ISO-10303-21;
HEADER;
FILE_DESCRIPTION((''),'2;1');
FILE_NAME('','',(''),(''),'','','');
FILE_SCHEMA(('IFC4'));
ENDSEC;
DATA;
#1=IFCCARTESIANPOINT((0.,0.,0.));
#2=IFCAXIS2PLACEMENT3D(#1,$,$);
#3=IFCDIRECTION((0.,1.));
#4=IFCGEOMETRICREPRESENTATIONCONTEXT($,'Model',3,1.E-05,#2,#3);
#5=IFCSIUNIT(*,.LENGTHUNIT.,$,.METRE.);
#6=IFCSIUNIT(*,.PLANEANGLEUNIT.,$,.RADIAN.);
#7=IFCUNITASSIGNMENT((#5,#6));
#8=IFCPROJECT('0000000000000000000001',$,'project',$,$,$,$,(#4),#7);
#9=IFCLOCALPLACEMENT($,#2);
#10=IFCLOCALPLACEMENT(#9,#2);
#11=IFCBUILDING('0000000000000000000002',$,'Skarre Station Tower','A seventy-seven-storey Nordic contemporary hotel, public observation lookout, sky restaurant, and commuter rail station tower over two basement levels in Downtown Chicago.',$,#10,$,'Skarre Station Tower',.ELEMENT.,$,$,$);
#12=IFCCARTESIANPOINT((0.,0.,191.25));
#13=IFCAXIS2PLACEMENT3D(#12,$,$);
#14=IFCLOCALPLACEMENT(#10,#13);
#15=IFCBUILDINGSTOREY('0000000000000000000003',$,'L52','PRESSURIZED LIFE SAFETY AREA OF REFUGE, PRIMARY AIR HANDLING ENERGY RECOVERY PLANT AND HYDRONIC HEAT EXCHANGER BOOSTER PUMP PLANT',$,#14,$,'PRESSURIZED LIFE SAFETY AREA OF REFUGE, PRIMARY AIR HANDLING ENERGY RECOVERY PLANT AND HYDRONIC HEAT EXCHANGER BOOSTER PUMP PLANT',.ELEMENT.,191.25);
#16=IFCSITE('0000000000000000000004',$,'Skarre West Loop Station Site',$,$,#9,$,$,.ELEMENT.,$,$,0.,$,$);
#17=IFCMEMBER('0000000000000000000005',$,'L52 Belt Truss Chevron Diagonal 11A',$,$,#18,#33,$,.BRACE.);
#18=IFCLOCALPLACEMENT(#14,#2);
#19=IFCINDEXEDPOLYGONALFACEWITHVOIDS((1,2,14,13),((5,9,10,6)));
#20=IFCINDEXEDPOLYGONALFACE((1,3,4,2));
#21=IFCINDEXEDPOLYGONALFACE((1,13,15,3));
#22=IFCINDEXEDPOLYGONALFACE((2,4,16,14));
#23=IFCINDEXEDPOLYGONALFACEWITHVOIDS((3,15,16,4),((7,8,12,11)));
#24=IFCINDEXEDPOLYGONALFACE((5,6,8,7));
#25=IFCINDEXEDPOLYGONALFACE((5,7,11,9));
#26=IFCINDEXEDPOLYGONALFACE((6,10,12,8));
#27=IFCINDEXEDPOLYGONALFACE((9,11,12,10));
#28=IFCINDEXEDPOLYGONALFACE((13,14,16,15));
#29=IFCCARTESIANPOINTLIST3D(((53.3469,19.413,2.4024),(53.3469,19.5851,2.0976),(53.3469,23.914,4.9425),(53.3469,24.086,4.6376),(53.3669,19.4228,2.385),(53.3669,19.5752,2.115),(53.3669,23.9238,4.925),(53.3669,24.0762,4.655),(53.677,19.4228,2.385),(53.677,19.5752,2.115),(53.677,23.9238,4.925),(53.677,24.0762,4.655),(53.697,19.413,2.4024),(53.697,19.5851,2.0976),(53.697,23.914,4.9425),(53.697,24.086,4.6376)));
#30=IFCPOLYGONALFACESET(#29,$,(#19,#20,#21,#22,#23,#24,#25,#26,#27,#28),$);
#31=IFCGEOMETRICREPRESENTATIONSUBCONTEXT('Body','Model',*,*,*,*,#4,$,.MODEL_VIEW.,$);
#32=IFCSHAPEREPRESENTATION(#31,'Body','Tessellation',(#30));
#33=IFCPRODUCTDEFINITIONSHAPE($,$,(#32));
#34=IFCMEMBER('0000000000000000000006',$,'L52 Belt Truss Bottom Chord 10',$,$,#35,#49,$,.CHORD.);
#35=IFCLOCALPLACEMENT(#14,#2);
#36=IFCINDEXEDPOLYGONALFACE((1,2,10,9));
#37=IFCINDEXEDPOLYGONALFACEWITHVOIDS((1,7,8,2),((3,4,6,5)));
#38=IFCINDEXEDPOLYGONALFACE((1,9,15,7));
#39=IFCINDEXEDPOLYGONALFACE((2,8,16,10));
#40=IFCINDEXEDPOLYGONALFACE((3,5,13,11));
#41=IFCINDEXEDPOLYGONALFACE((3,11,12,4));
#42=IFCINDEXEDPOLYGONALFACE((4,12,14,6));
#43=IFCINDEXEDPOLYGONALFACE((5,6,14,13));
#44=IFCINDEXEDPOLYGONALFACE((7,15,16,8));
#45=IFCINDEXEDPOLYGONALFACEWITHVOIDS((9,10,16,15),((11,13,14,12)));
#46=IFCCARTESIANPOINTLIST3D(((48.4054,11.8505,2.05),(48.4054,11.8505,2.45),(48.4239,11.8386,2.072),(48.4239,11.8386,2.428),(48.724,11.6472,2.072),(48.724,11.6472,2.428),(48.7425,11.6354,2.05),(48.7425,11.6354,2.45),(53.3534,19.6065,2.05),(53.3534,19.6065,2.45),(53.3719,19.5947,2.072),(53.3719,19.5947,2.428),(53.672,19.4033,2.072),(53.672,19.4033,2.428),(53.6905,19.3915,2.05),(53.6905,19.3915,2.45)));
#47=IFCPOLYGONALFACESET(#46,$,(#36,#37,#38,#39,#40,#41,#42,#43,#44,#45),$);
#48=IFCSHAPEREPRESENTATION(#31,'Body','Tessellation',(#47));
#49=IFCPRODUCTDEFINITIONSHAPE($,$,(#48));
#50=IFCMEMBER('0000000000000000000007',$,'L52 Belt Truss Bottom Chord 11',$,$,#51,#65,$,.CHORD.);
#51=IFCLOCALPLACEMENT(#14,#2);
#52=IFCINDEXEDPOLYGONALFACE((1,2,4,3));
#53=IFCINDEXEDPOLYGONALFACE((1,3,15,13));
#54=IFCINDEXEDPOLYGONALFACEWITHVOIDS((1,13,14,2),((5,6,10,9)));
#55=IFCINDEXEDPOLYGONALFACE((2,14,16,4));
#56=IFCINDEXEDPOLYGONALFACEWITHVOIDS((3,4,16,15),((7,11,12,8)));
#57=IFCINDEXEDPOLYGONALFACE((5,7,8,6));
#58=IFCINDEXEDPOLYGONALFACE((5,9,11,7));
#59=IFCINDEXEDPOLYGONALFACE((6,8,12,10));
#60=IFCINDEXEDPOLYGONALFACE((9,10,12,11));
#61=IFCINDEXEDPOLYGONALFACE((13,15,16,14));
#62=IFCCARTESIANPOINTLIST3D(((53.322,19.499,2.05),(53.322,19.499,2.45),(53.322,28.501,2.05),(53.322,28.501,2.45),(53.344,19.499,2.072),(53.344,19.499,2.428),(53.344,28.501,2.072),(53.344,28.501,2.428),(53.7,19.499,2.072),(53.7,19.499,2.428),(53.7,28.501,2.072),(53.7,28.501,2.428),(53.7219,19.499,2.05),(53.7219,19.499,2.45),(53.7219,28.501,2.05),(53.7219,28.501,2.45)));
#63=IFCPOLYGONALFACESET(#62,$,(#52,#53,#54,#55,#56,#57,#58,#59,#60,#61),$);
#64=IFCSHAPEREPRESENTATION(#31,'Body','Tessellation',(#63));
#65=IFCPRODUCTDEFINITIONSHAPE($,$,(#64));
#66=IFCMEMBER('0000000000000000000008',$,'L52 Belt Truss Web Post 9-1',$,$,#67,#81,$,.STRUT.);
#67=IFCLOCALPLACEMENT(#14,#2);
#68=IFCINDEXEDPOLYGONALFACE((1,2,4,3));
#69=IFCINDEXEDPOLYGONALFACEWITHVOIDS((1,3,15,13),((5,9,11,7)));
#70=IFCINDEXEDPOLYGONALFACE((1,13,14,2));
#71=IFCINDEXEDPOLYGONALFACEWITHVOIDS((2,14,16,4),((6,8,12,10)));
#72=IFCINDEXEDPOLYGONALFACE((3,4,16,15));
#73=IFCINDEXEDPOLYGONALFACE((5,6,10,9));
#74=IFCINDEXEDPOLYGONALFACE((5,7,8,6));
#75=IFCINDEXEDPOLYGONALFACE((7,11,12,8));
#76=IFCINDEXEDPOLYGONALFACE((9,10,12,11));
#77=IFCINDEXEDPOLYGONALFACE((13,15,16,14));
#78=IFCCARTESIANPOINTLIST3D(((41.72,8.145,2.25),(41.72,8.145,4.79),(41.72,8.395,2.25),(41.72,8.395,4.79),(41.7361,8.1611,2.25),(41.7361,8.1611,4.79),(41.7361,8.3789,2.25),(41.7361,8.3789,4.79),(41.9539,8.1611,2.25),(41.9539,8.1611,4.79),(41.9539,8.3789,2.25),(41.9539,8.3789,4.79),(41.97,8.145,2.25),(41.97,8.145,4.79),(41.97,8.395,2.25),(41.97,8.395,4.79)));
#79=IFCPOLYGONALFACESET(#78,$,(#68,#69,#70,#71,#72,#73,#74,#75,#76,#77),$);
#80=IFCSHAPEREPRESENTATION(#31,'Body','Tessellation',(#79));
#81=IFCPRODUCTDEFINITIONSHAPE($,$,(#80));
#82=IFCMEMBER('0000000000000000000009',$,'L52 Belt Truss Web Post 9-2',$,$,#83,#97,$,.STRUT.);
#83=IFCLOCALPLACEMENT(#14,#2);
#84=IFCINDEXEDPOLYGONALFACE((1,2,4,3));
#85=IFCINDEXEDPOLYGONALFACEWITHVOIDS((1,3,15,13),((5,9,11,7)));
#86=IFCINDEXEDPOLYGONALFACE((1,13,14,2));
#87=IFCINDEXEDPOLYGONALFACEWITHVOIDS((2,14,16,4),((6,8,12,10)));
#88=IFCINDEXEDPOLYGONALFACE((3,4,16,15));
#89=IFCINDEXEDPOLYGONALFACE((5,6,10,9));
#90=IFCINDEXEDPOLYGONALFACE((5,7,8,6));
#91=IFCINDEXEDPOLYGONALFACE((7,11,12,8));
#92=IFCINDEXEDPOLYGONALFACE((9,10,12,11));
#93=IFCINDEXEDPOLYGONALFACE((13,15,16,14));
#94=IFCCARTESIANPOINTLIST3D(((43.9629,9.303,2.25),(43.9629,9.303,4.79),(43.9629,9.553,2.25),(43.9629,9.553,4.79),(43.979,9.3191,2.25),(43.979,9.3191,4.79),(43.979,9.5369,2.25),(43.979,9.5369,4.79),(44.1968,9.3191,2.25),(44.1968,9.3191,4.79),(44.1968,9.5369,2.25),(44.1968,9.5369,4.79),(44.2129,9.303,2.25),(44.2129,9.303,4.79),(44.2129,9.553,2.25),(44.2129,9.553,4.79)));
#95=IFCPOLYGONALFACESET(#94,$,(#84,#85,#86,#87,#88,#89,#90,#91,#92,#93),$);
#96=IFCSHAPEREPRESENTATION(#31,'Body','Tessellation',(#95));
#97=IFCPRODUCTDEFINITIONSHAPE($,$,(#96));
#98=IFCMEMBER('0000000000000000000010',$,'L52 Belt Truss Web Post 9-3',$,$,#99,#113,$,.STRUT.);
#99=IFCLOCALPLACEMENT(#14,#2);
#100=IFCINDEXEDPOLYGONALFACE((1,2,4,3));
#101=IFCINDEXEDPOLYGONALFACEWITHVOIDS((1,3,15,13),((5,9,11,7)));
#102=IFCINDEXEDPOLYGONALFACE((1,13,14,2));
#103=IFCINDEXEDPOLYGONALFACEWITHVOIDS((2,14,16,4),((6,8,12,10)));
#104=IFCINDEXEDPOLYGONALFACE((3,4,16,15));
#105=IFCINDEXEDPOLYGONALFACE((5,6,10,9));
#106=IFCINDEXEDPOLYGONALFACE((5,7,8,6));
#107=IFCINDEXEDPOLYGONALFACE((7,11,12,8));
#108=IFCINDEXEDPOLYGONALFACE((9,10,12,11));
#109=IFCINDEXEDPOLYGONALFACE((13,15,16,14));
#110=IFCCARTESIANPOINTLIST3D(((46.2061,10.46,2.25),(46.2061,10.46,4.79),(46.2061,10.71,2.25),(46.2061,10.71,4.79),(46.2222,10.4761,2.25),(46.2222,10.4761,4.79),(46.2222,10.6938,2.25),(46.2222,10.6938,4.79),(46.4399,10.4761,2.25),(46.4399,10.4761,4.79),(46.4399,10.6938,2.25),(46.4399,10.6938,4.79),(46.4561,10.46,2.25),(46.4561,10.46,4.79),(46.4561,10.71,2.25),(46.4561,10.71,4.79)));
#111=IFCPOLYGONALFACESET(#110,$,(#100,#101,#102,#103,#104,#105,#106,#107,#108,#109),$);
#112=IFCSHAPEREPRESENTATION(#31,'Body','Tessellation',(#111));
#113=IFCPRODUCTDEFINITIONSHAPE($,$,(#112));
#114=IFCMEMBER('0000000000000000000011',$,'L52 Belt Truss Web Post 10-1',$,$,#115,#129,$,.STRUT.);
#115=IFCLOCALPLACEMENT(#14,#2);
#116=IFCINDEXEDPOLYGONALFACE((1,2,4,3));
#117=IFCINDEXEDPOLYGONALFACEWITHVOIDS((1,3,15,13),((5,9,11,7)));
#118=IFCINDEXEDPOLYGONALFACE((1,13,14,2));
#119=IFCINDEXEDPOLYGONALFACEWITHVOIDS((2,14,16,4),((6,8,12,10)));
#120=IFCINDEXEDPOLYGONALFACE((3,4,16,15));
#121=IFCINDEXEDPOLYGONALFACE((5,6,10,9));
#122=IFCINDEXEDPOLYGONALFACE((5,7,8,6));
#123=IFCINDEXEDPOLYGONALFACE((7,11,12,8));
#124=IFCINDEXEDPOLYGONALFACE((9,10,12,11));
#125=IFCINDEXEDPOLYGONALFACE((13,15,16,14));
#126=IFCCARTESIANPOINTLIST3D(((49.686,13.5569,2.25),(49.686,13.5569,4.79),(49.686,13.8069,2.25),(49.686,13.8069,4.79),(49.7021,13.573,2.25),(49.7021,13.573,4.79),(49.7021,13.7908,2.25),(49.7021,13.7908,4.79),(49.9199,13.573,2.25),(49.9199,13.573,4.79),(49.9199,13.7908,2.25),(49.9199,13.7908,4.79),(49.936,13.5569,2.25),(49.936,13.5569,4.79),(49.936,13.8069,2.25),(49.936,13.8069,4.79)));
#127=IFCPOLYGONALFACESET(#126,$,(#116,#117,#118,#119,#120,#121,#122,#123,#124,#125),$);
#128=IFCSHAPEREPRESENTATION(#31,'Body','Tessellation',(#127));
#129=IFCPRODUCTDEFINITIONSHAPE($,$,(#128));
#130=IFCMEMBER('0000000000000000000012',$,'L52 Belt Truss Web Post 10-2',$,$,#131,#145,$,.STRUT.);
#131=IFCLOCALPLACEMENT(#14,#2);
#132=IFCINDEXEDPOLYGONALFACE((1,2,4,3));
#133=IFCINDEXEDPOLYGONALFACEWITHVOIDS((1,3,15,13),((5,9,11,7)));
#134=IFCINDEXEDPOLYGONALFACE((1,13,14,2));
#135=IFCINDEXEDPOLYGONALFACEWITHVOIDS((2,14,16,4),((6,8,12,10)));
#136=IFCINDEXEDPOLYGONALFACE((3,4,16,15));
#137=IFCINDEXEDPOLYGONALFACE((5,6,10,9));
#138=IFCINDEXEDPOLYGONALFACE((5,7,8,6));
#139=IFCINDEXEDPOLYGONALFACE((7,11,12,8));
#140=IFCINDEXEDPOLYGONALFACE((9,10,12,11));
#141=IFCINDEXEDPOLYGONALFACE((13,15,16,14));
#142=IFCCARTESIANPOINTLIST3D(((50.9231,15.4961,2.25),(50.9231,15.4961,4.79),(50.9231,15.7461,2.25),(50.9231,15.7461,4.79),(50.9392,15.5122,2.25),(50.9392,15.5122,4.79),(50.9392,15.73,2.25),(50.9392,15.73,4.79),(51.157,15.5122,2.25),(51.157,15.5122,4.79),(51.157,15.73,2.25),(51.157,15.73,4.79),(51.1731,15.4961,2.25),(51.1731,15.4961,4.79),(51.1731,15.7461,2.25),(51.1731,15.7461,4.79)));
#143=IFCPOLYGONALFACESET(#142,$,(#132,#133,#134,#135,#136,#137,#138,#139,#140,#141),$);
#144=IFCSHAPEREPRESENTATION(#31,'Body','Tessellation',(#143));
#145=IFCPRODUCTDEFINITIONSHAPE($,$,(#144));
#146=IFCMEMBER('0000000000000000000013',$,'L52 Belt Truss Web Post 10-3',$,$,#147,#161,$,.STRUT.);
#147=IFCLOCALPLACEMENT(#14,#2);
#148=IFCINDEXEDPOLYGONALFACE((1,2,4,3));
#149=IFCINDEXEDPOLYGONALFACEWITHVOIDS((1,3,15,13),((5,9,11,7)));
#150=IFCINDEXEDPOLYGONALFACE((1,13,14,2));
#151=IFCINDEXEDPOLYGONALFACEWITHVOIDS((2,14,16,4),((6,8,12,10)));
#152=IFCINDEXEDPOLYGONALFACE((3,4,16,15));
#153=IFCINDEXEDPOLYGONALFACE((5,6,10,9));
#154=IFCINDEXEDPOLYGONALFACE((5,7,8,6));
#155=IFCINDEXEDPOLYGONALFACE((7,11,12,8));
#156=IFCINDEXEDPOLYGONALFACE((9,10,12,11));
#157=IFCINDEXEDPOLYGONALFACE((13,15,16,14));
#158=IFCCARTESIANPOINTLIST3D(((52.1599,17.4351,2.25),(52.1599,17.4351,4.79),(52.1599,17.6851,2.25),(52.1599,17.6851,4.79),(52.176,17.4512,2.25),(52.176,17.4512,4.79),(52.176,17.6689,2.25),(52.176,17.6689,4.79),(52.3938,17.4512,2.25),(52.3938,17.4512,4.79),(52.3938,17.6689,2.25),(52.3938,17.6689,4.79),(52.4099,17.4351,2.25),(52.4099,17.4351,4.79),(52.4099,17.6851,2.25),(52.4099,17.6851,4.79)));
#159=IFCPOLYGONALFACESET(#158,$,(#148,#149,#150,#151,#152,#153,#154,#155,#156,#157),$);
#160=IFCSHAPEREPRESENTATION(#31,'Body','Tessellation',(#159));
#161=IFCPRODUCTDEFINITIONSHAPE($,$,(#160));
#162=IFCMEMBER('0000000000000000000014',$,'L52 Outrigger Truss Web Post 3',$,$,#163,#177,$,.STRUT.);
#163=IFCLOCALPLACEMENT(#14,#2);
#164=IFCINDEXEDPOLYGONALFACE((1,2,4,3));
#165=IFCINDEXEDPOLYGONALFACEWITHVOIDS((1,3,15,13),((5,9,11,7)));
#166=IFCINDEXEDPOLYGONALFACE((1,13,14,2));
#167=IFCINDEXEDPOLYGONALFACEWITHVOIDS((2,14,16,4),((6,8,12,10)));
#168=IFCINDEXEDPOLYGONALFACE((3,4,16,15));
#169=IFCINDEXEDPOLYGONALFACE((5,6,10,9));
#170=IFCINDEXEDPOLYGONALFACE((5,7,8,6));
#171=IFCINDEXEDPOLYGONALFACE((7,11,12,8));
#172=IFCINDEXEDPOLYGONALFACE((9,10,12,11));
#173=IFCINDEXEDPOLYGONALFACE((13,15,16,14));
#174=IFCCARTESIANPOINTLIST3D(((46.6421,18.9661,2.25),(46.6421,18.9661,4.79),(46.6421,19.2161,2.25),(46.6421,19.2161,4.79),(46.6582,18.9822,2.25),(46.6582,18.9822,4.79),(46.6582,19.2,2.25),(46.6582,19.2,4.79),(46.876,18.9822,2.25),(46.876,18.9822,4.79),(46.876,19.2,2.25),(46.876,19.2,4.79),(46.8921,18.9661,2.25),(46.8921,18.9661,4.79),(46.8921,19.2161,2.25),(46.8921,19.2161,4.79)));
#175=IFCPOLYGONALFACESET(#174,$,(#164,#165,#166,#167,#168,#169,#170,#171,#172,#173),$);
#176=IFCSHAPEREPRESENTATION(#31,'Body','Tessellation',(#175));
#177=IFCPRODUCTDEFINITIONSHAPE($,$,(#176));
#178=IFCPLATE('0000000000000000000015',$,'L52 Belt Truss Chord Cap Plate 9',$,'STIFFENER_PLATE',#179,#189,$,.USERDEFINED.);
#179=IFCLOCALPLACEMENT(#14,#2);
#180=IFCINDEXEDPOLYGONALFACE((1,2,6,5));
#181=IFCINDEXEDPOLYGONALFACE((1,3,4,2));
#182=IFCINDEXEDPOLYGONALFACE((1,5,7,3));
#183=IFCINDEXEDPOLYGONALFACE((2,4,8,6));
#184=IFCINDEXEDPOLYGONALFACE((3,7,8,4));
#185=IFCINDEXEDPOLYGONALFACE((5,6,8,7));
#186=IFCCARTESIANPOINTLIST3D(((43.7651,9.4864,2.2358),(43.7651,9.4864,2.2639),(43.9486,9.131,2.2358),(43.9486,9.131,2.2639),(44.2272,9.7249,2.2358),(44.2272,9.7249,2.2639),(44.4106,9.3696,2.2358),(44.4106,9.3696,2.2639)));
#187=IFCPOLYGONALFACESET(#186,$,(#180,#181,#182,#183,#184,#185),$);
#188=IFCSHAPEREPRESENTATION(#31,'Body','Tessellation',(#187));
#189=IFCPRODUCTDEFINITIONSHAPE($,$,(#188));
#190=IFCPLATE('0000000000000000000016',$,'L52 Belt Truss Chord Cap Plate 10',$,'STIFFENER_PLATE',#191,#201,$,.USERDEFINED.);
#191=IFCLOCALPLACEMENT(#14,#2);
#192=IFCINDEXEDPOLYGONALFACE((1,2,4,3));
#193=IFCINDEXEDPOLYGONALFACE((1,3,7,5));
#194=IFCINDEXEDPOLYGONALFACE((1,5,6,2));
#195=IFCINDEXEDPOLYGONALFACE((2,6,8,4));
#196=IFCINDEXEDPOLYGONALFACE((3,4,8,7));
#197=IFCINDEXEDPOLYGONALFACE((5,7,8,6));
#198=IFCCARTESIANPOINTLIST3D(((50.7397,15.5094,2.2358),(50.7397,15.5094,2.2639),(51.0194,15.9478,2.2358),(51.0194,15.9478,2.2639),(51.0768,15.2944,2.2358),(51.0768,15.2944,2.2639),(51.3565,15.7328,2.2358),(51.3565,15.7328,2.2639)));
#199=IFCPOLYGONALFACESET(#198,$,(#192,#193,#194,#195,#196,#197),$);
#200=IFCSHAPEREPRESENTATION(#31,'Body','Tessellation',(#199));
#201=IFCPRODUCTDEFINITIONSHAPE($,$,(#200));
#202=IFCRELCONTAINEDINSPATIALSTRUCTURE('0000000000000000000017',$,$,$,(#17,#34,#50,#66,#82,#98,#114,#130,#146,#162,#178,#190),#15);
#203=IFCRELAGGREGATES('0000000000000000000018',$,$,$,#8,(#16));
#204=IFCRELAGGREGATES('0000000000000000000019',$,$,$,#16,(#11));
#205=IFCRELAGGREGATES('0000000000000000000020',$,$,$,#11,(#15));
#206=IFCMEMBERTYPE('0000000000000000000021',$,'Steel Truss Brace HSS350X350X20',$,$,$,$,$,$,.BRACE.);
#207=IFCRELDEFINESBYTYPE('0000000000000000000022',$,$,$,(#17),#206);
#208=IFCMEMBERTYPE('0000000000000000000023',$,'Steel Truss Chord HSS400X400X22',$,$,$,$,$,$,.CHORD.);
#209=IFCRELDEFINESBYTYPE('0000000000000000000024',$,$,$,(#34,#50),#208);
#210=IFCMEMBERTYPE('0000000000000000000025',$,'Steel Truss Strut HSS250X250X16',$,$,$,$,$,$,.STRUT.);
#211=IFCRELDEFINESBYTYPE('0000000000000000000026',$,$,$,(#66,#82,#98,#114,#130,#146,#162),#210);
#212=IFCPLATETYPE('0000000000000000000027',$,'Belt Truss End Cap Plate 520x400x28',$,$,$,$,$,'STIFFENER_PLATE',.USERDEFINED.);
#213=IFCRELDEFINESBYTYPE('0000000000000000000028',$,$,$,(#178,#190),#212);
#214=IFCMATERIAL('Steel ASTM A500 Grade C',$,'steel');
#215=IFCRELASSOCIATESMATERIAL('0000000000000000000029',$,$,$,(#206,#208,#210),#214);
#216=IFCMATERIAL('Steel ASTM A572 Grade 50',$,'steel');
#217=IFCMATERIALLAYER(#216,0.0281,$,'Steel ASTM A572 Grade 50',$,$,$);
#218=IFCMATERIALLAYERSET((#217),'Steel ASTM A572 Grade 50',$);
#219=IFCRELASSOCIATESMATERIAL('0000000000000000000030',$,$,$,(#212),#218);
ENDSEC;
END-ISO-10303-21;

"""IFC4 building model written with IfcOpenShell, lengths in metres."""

from ifc_helpers import new_model, si_unit, direction, frame, origin, origin_2d, place, context, subcontext, project, spatial, rectangle, hollow_rectangle, extrude, material, layer, layer_set, material_profile, profile_set, type_object, element, save


model = new_model("IFC4")

# Units and contexts
model_context = context("Model", 3, precision=1e-05, world=origin(), true_north=direction((0.0, 1.0)))
body_context = subcontext(model_context, "Body", "Model", "MODEL_VIEW")
ifc_project = project(units=[si_unit("LENGTHUNIT", "METRE"), si_unit("PLANEANGLEUNIT", "RADIAN")], contexts=[model_context])

# Site, building, storey
site_placement = place(None, origin())
site = spatial("IfcSite", under=ifc_project, at=site_placement, Name="Skarre West Loop Station Site", CompositionType="ELEMENT", RefElevation=0.0)
building_placement = place(site_placement, origin())
building = spatial("IfcBuilding", under=site, at=building_placement, Name="Skarre Station Tower", Description="A seventy-seven-storey Nordic contemporary hotel, public observation lookout, sky restaurant, and commuter rail station tower over two basement levels in Downtown Chicago.", LongName="Skarre Station Tower", CompositionType="ELEMENT")
storey_placement = place(building_placement, frame((0.0, 0.0, 191.25)))
storey = spatial("IfcBuildingStorey", under=building, at=storey_placement, Name="L52", Description="PRESSURIZED LIFE SAFETY AREA OF REFUGE, PRIMARY AIR HANDLING ENERGY RECOVERY PLANT AND HYDRONIC HEAT EXCHANGER BOOSTER PUMP PLANT", LongName="PRESSURIZED LIFE SAFETY AREA OF REFUGE, PRIMARY AIR HANDLING ENERGY RECOVERY PLANT AND HYDRONIC HEAT EXCHANGER BOOSTER PUMP PLANT", CompositionType="ELEMENT", Elevation=191.25)

# Members
ifc_material_1 = material(Name="Steel ASTM A500 Grade C", Category="steel")
ifc_material_profile_1 = material_profile(ifc_material_1, hollow_rectangle(XDim=0.3501, YDim=0.3501, WallThickness=0.02, at=origin_2d()), Name="Steel ASTM A500 Grade C")
ifc_profile_set_1 = profile_set([ifc_material_profile_1], Name="Steel ASTM A500 Grade C")
member_type_1 = type_object("IfcMemberType", Name="Steel Truss Brace HSS350X350X20", PredefinedType="BRACE", material=ifc_profile_set_1)
member_1_placement = place(storey_placement, frame((53.522, 19.499, 2.25), z_axis=(0.0, 0.870893, 0.491472), x_axis=(-1.0, 0.0, 0.0)))
element("IfcMember", 1, at=member_1_placement, inside=storey, type_object=member_type_1, Name="L52 Belt Truss Chevron Diagonal 11A", PredefinedType="BRACE", context=body_context, shape_type="SweptSolid", body=[
    extrude(hollow_rectangle(XDim=0.3501, YDim=0.3501, WallThickness=0.02, at=origin_2d()), origin(), (0.0, 0.0, 1.0), 5.1682),
])
ifc_material_profile_2 = material_profile(ifc_material_1, hollow_rectangle(XDim=0.3999, YDim=0.3999, WallThickness=0.022, at=origin_2d()), Name="Steel ASTM A500 Grade C")
ifc_profile_set_2 = profile_set([ifc_material_profile_2], Name="Steel ASTM A500 Grade C")
member_type_2 = type_object("IfcMemberType", Name="Steel Truss Chord HSS400X400X22", PredefinedType="CHORD", material=ifc_profile_set_2)
member_2_placement = place(storey_placement, frame((48.574, 11.7429, 2.25), z_axis=(0.537826, 0.843056, 0.0), x_axis=(-0.843056, 0.537826, 0.0)))
element("IfcMember", 2, at=member_2_placement, inside=storey, type_object=member_type_2, Name="L52 Belt Truss Bottom Chord 10", PredefinedType="CHORD", context=body_context, shape_type="SweptSolid", body=[
    extrude(hollow_rectangle(XDim=0.3999, YDim=0.3999, WallThickness=0.022, at=origin_2d()), origin(), (0.0, 0.0, 1.0), 9.2),
])
member_3_placement = place(storey_placement, frame((53.522, 19.499, 2.25), z_axis=(0.0, 1.0, 0.0), x_axis=(-1.0, 0.0, 0.0)))
element("IfcMember", 3, at=member_3_placement, inside=storey, type_object=member_type_2, Name="L52 Belt Truss Bottom Chord 11", PredefinedType="CHORD", context=body_context, shape_type="SweptSolid", body=[
    extrude(hollow_rectangle(XDim=0.3999, YDim=0.3999, WallThickness=0.022, at=origin_2d()), origin(), (0.0, 0.0, 1.0), 9.002),
])
ifc_material_profile_3 = material_profile(ifc_material_1, hollow_rectangle(XDim=0.25, YDim=0.25, WallThickness=0.0161, at=origin_2d()), Name="Steel ASTM A500 Grade C")
ifc_profile_set_3 = profile_set([ifc_material_profile_3], Name="Steel ASTM A500 Grade C")
member_type_3 = type_object("IfcMemberType", Name="Steel Truss Strut HSS250X250X16", PredefinedType="STRUT", material=ifc_profile_set_3)
for number, where, z_axis, x_axis, name in (
    (4, (41.845, 8.27, 2.25), (0.0, 0.0, 1.0), (1.0, 0.0, 0.0), "L52 Belt Truss Web Post 9-1"),
    (5, (44.0879, 9.428, 2.25), (0.0, 0.0, 1.0), (1.0, 0.0, 0.0), "L52 Belt Truss Web Post 9-2"),
    (6, (46.3311, 10.585, 2.25), (0.0, 0.0, 1.0), (1.0, 0.0, 0.0), "L52 Belt Truss Web Post 9-3"),
    (7, (49.811, 13.6819, 2.25), (0.0, 0.0, 1.0), (1.0, 0.0, 0.0), "L52 Belt Truss Web Post 10-1"),
    (8, (51.0481, 15.6211, 2.25), (0.0, 0.0, 1.0), (1.0, 0.0, 0.0), "L52 Belt Truss Web Post 10-2"),
    (9, (52.2849, 17.5601, 2.25), (0.0, 0.0, 1.0), (1.0, 0.0, 0.0), "L52 Belt Truss Web Post 10-3"),
    (10, (46.7671, 19.0911, 2.25), (0.0, 0.0, 1.0), (1.0, 0.0, 0.0), "L52 Outrigger Truss Web Post 3"),
):
    element("IfcMember", number, at=place(storey_placement, frame(where, z_axis=z_axis, x_axis=x_axis)), inside=storey, type_object=member_type_3, Name=name, PredefinedType="STRUT", context=body_context, shape_type="SweptSolid", body=[
        extrude(hollow_rectangle(XDim=0.25, YDim=0.25, WallThickness=0.0161, at=origin_2d()), origin(), (0.0, 0.0, 1.0), 2.54),
    ])

# Plates
ifc_material_2 = material(Name="Steel ASTM A572 Grade 50", Category="steel")
ifc_layer_1 = layer(ifc_material_2, 0.0281, Name="Steel ASTM A572 Grade 50")
ifc_layer_set_1 = layer_set([ifc_layer_1], Name="Steel ASTM A572 Grade 50")
plate_type_1 = type_object("IfcPlateType", Name="Belt Truss End Cap Plate 520x400x28", ElementType="STIFFENER_PLATE", PredefinedType="USERDEFINED", material=ifc_layer_set_1)
for number, where, z_axis, x_axis, name in (
    (11, (44.0879, 9.428, 2.2358), (0.0, 0.0, 1.0), (0.888609, 0.458665, 0.0), "L52 Belt Truss Chord Cap Plate 9"),
    (12, (51.0481, 15.6211, 2.2358), (0.0, 0.0, 1.0), (0.537829, 0.843054, 0.0), "L52 Belt Truss Chord Cap Plate 10"),
):
    element("IfcPlate", number, at=place(storey_placement, frame(where, z_axis=z_axis, x_axis=x_axis)), inside=storey, type_object=plate_type_1, Name=name, ObjectType="STIFFENER_PLATE", PredefinedType="USERDEFINED", context=body_context, shape_type="SweptSolid", body=[
        extrude(rectangle(XDim=0.52, YDim=0.3999, at=origin_2d()), origin(), (0.0, 0.0, 1.0), 0.0281),
    ])

save(model, "model.ifc")
